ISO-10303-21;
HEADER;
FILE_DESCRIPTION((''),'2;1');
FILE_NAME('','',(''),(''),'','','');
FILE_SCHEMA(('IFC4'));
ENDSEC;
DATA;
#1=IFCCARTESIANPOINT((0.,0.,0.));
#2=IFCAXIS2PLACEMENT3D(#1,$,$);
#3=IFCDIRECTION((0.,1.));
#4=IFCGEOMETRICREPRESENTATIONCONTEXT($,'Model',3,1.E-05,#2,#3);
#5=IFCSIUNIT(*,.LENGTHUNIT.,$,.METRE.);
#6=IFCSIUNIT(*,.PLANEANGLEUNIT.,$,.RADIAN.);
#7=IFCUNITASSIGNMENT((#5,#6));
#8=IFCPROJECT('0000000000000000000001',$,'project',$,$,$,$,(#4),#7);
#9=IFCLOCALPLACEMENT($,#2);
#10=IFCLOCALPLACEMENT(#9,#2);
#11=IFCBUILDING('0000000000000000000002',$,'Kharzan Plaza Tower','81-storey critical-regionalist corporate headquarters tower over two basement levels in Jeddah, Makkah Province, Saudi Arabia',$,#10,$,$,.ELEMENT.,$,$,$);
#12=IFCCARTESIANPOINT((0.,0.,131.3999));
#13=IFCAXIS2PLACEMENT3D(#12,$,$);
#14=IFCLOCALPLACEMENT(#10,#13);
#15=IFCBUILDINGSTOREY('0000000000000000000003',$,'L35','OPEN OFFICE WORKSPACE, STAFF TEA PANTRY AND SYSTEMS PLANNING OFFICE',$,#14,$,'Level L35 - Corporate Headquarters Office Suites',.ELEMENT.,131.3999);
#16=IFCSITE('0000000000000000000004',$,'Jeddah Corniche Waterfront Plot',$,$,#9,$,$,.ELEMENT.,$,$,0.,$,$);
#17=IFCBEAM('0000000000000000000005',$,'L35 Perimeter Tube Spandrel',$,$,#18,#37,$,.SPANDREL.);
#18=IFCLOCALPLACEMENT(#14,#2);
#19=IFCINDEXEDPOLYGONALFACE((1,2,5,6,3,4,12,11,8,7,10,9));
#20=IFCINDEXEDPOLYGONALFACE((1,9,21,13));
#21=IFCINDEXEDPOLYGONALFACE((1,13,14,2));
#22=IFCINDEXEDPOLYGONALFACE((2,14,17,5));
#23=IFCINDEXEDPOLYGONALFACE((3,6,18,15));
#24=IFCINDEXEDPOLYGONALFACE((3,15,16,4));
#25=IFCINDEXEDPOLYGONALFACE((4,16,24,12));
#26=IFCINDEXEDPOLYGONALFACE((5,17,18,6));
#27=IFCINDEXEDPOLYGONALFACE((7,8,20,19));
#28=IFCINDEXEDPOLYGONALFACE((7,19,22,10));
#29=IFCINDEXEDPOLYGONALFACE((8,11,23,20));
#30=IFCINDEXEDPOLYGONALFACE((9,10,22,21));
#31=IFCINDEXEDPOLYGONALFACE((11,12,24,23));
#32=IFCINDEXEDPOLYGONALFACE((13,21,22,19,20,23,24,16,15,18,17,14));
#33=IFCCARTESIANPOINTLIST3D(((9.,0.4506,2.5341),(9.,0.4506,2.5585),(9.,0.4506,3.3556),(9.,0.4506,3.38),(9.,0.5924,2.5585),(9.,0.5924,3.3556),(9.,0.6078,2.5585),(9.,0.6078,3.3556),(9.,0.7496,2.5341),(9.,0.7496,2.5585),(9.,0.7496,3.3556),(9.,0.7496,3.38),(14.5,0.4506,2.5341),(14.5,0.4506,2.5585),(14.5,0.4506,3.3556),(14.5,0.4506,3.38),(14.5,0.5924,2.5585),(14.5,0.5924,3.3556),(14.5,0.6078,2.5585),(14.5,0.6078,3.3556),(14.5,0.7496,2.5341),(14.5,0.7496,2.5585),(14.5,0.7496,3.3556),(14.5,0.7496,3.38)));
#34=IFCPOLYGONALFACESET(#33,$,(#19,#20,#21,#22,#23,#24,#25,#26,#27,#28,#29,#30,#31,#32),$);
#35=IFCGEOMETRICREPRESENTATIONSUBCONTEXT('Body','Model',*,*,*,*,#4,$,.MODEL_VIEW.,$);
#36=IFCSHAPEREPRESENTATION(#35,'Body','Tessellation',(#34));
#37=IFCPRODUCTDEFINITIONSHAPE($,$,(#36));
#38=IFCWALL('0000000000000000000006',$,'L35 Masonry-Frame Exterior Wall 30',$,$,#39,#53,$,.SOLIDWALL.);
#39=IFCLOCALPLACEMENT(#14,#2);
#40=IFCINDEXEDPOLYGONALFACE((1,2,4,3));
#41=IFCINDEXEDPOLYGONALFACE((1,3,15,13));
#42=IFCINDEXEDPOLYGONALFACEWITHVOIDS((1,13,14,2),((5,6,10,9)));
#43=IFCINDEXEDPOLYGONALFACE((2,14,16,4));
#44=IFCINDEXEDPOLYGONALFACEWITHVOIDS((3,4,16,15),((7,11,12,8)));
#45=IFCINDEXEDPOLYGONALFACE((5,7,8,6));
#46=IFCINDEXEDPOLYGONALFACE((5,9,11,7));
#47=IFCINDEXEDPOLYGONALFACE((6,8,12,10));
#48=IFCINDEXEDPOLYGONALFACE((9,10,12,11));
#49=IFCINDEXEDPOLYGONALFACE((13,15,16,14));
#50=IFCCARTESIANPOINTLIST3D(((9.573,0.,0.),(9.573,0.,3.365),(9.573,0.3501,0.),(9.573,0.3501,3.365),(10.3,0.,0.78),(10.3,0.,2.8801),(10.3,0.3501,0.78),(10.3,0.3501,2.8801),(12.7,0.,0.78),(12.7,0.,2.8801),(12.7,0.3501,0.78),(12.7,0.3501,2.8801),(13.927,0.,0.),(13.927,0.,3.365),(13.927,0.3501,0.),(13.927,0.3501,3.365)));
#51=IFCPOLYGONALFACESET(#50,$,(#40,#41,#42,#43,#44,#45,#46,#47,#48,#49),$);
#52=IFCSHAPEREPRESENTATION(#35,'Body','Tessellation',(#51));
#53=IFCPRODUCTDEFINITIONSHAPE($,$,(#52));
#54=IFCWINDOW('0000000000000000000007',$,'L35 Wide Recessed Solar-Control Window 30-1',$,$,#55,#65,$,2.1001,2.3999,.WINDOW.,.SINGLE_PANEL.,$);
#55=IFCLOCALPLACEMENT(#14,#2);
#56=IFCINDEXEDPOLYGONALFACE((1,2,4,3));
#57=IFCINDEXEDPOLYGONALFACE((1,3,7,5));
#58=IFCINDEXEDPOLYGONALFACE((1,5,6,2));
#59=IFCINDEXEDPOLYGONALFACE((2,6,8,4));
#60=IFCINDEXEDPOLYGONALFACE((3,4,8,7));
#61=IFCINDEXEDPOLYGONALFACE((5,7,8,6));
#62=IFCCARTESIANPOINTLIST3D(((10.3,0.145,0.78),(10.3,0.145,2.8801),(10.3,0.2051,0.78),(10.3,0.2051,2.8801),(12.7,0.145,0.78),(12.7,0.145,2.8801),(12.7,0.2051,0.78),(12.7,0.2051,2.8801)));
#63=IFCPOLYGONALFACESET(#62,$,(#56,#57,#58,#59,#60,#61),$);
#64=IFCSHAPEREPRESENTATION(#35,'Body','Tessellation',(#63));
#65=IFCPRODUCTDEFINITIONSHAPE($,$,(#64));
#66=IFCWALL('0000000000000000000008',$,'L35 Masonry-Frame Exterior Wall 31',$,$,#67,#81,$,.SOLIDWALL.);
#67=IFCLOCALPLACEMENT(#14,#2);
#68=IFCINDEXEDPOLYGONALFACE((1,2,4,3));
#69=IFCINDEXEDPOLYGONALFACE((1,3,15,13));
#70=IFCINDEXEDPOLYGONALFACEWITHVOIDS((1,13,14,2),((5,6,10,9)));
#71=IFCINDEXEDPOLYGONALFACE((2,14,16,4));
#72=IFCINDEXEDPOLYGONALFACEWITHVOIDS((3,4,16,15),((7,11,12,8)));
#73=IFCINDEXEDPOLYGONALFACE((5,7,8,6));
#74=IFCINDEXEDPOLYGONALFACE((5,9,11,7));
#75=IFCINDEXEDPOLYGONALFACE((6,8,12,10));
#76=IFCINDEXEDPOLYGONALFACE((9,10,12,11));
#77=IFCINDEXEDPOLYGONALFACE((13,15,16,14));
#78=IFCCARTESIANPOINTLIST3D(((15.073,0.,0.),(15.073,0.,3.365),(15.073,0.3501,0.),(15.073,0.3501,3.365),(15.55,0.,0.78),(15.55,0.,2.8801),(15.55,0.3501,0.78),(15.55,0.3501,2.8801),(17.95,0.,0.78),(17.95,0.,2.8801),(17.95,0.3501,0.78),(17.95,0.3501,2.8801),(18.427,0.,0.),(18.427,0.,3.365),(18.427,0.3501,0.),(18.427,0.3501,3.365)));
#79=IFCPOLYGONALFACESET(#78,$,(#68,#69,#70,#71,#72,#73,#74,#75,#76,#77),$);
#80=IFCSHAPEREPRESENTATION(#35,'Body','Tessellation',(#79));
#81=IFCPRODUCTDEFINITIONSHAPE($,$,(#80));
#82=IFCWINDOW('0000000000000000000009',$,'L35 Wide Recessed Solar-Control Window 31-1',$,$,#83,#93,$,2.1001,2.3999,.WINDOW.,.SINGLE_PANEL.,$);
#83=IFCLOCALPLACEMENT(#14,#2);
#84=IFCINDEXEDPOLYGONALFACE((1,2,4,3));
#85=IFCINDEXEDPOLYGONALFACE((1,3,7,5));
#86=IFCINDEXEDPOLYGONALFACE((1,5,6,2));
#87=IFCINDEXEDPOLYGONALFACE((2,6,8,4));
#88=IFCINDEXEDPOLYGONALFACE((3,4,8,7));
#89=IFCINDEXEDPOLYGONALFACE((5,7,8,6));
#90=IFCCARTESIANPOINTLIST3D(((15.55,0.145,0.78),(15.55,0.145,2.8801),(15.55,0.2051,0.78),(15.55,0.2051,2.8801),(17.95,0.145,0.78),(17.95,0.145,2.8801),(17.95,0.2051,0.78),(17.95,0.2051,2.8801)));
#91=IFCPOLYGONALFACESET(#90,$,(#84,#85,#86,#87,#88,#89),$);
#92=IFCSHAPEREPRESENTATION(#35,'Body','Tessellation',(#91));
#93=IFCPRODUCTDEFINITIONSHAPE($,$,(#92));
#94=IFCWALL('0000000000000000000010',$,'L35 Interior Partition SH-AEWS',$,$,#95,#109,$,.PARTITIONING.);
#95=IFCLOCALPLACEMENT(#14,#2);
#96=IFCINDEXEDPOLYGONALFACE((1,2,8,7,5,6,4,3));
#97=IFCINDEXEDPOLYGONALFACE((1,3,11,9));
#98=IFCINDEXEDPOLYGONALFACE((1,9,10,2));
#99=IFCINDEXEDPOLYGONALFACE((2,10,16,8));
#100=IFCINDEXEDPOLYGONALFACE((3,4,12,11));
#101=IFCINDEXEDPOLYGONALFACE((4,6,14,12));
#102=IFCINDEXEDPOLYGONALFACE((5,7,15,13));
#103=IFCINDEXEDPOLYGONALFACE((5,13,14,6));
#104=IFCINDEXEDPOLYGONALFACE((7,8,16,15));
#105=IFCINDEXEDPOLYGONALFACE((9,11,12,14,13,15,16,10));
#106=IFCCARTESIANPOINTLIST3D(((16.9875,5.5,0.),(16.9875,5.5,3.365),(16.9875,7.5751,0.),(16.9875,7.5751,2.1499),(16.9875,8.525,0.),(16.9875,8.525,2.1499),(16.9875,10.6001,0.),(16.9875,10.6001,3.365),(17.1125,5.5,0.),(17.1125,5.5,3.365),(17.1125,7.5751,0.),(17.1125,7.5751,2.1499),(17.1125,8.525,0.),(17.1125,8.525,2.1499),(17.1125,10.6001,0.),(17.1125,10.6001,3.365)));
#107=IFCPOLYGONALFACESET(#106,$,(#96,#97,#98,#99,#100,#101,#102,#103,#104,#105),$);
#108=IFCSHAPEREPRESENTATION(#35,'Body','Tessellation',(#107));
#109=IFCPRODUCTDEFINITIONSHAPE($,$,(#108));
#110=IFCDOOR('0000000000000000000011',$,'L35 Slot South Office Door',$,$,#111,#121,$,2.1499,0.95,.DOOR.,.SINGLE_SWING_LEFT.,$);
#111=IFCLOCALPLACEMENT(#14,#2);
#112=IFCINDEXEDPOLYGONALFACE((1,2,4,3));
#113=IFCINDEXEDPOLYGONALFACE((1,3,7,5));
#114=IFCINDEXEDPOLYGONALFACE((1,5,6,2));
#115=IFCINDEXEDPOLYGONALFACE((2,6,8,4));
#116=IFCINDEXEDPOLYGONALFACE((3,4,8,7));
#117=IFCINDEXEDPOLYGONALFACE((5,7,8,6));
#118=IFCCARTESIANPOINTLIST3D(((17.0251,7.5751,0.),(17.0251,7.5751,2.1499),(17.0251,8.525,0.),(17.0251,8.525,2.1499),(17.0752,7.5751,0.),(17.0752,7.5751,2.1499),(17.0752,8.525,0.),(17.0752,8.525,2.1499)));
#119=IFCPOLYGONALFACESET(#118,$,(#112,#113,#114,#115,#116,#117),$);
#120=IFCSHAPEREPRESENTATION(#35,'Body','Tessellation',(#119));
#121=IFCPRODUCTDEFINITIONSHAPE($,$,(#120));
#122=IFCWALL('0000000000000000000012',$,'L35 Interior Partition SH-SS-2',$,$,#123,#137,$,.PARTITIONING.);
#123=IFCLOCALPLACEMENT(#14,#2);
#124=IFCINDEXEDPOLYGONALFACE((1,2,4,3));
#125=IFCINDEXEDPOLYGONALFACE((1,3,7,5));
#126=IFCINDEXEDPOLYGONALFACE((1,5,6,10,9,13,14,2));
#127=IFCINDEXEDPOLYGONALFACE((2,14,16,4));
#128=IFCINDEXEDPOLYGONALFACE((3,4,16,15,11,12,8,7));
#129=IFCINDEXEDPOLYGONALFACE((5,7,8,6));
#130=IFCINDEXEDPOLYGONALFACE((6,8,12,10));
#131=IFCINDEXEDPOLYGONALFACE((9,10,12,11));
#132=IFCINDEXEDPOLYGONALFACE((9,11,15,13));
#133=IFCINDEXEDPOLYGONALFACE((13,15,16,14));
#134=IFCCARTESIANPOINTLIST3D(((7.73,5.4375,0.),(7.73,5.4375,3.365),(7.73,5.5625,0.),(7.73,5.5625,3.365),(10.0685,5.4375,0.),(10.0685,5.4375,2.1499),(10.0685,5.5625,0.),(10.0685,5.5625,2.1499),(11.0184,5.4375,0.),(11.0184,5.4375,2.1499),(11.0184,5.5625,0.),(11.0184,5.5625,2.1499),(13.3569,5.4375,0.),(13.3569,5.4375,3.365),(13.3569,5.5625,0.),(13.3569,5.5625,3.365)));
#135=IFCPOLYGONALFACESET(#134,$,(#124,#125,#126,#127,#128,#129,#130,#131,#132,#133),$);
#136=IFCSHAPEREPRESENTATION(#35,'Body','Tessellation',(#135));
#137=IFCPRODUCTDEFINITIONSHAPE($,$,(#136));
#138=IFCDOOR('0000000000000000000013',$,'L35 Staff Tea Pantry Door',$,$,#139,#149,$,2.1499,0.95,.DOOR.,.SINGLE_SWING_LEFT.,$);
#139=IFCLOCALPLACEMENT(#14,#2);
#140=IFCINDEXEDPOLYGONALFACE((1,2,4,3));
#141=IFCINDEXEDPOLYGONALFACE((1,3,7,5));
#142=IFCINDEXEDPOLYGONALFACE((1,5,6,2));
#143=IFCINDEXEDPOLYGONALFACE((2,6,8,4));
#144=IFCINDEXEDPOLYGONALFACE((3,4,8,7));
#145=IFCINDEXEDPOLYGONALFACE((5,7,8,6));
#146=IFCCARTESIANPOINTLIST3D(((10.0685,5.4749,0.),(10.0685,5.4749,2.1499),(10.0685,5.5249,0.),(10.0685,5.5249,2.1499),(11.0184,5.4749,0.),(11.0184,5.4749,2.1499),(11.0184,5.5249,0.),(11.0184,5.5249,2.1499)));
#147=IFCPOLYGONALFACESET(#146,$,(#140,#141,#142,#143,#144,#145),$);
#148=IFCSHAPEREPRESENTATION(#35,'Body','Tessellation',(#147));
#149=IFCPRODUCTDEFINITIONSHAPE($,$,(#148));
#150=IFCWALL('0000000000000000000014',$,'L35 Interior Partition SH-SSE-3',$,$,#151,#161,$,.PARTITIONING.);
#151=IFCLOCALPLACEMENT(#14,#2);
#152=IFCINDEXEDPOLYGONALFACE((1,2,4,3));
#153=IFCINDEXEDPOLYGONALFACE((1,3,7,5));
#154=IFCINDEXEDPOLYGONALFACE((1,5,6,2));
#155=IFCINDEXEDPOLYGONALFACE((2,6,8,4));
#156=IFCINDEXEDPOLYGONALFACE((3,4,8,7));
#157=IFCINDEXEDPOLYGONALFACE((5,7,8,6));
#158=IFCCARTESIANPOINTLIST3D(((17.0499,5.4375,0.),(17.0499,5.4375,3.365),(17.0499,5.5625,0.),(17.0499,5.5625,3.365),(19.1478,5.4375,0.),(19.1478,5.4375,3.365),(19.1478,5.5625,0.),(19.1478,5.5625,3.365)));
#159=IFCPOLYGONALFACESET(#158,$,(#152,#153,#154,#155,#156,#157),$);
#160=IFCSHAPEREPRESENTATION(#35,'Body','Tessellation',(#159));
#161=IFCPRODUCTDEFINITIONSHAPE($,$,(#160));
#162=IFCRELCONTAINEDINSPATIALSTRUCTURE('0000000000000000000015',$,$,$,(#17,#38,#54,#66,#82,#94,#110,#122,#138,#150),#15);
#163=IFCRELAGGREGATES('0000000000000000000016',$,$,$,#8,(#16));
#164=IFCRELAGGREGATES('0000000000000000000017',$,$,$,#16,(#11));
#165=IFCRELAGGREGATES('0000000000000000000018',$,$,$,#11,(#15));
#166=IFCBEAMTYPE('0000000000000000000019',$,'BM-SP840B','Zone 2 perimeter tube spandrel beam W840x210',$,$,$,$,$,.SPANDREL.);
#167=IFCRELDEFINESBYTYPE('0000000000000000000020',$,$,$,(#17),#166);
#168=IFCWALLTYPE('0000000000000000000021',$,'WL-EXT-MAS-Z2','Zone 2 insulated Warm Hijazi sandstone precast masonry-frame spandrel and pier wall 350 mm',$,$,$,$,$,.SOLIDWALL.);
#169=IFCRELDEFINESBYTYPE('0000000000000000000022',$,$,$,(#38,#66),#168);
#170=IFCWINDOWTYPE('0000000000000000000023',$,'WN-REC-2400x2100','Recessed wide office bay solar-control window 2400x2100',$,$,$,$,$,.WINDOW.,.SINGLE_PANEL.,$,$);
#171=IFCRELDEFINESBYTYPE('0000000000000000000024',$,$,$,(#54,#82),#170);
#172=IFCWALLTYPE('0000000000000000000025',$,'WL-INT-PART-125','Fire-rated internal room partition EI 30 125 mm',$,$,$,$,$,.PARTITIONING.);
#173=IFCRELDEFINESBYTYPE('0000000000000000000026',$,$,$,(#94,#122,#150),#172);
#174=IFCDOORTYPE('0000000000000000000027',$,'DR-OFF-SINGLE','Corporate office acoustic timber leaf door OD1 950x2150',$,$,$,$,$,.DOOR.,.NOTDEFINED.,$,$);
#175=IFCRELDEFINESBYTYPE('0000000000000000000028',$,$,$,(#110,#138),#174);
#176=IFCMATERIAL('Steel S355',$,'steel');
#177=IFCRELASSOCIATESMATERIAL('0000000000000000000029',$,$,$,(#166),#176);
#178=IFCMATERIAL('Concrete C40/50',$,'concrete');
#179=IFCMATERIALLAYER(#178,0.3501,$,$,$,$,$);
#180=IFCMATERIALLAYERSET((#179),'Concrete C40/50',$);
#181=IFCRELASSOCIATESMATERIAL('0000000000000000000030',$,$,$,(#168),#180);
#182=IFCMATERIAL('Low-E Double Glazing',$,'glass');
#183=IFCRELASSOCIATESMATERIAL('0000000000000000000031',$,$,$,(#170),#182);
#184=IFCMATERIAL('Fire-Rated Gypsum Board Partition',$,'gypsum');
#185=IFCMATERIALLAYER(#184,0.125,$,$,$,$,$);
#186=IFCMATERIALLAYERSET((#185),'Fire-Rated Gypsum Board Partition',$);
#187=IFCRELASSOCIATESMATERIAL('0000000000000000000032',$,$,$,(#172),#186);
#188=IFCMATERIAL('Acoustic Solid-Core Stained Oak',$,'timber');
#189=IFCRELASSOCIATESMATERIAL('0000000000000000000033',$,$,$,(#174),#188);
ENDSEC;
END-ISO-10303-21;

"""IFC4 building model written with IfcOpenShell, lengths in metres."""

from ifc_helpers import new_model, si_unit, direction, frame, frame_2d, origin, origin_2d, place, context, subcontext, project, spatial, rectangle, i_section, extrude, source, transform, mapped, material, layer, layer_set, material_profile, profile_set, type_object, element, fill, save


model = new_model("IFC4")

# Units and contexts
model_context = context("Model", 3, precision=1e-05, world=origin(), true_north=direction((0.0, 1.0)))
body_context = subcontext(model_context, "Body", "Model", "MODEL_VIEW")
ifc_project = project(units=[si_unit("LENGTHUNIT", "METRE"), si_unit("PLANEANGLEUNIT", "RADIAN")], contexts=[model_context])

# Site, building, storey
site_placement = place(None, origin())
site = spatial("IfcSite", under=ifc_project, at=site_placement, Name="Jeddah Corniche Waterfront Plot", CompositionType="ELEMENT", RefElevation=0.0)
building_placement = place(site_placement, origin())
building = spatial("IfcBuilding", under=site, at=building_placement, Name="Kharzan Plaza Tower", Description="81-storey critical-regionalist corporate headquarters tower over two basement levels in Jeddah, Makkah Province, Saudi Arabia", CompositionType="ELEMENT")
storey_placement = place(building_placement, frame((0.0, 0.0, 131.3999)))
storey = spatial("IfcBuildingStorey", under=building, at=storey_placement, Name="L35", Description="OPEN OFFICE WORKSPACE, STAFF TEA PANTRY AND SYSTEMS PLANNING OFFICE", LongName="Level L35 - Corporate Headquarters Office Suites", CompositionType="ELEMENT", Elevation=131.3999)

# Beam
ifc_material_1 = material(Name="Steel S355", Category="steel")
ifc_material_profile_1 = material_profile(ifc_material_1, i_section(OverallWidth=0.2991, OverallDepth=0.8459, WebThickness=0.0154, FlangeThickness=0.0244, at=origin_2d()), Name="W840x210")
ifc_profile_set_1 = profile_set([ifc_material_profile_1], Name="Steel S355")
beam_type_1 = type_object("IfcBeamType", Name="BM-SP840B", Description="Zone 2 perimeter tube spandrel beam W840x210", PredefinedType="SPANDREL", material=ifc_profile_set_1)
shared_shape_1 = source(origin(), body_context, "Body", "SweptSolid", [
    extrude(i_section(OverallWidth=0.2991, OverallDepth=0.8459, WebThickness=0.0154, FlangeThickness=0.0244, at=origin_2d()), origin(), (0.0, 0.0, 1.0), 5.5),
])
beam_1_placement = place(storey_placement, frame((9.0, 0.6001, 2.957), z_axis=(1.0, 0.0, 0.0), x_axis=(0.0, 1.0, 0.0)))
element("IfcBeam", 1, at=beam_1_placement, inside=storey, type_object=beam_type_1, Name="L35 Perimeter Tube Spandrel", PredefinedType="SPANDREL", context=body_context, shape_type="MappedRepresentation", body=[
    mapped(shared_shape_1, transform((0.0, 0.0, 0.0), x_axis=(1.0, 0.0, 0.0), y_axis=(0.0, 1.0, 0.0), z_axis=(0.0, 0.0, 1.0))),
])

# Walls, openings, windows
ifc_material_2 = material(Name="Concrete C40/50", Category="concrete")
ifc_layer_1 = layer(ifc_material_2, 0.3501)
ifc_layer_set_1 = layer_set([ifc_layer_1], Name="Concrete C40/50")
wall_type_1 = type_object("IfcWallType", Name="WL-EXT-MAS-Z2", Description="Zone 2 insulated Warm Hijazi sandstone precast masonry-frame spandrel and pier wall 350 mm", PredefinedType="SOLIDWALL", material=ifc_layer_set_1)
wall_1_placement = place(storey_placement, frame((9.573, 0.175, 0.0), z_axis=(0.0, 0.0, 1.0), x_axis=(1.0, 0.0, 0.0)))
wall_1 = element("IfcWall", 2, at=wall_1_placement, inside=storey, type_object=wall_type_1, Name="L35 Masonry-Frame Exterior Wall 30", PredefinedType="SOLIDWALL", context=body_context, shape_type="SweptSolid", body=[
    extrude(rectangle(XDim=4.354, YDim=0.3501, at=frame_2d((2.177, 0.0))), origin(), (0.0, 0.0, 1.0), 3.365),
])
opening_1_placement = place(wall_1_placement, frame((0.7271, 0.0, 0.78)))
opening_1 = element("IfcOpeningElement", 3, at=opening_1_placement, cuts=wall_1, PredefinedType="OPENING", context=body_context, shape_type="SweptSolid", body=[
    extrude(rectangle(XDim=2.3999, YDim=2.1001, at=frame_2d((1.2, 1.05))), frame((0.0, 0.1851, 0.0), z_axis=(0.0, -1.0, 0.0), x_axis=(1.0, 0.0, 0.0)), (0.0, 0.0, 1.0), 0.3701),
])
ifc_material_3 = material(Name="Low-E Double Glazing", Category="glass")
window_type = type_object("IfcWindowType", Name="WN-REC-2400x2100", Description="Recessed wide office bay solar-control window 2400x2100", PartitioningType="SINGLE_PANEL", PredefinedType="WINDOW", material=ifc_material_3)
shared_shape_2 = source(origin(), body_context, "Body", "SweptSolid", [
    extrude(rectangle(XDim=2.3999, YDim=2.1001, at=frame_2d((1.2, 1.05))), frame((0.0, 0.03, 0.0), z_axis=(0.0, -1.0, 0.0), x_axis=(1.0, 0.0, 0.0)), (0.0, 0.0, 1.0), 0.0601),
])
window_1_placement = place(opening_1_placement, origin())
window_1 = element("IfcWindow", 4, at=window_1_placement, inside=storey, type_object=window_type, Name="L35 Wide Recessed Solar-Control Window 30-1", OverallHeight=2.1001, OverallWidth=2.3999, PartitioningType="SINGLE_PANEL", PredefinedType="WINDOW", context=body_context, shape_type="MappedRepresentation", body=[
    mapped(shared_shape_2, transform((0.0, 0.0, 0.0), x_axis=(1.0, 0.0, 0.0), y_axis=(0.0, 1.0, 0.0), z_axis=(0.0, 0.0, 1.0))),
])
fill(opening_1, window_1)
wall_2_placement = place(storey_placement, frame((15.073, 0.175, 0.0), z_axis=(0.0, 0.0, 1.0), x_axis=(1.0, 0.0, 0.0)))
wall_2 = element("IfcWall", 5, at=wall_2_placement, inside=storey, type_object=wall_type_1, Name="L35 Masonry-Frame Exterior Wall 31", PredefinedType="SOLIDWALL", context=body_context, shape_type="SweptSolid", body=[
    extrude(rectangle(XDim=3.354, YDim=0.3501, at=frame_2d((1.677, 0.0))), origin(), (0.0, 0.0, 1.0), 3.365),
])
opening_2_placement = place(wall_2_placement, frame((0.4771, 0.0, 0.78)))
opening_2 = element("IfcOpeningElement", 6, at=opening_2_placement, cuts=wall_2, PredefinedType="OPENING", context=body_context, shape_type="SweptSolid", body=[
    extrude(rectangle(XDim=2.3999, YDim=2.1001, at=frame_2d((1.2, 1.05))), frame((0.0, 0.1851, 0.0), z_axis=(0.0, -1.0, 0.0), x_axis=(1.0, 0.0, 0.0)), (0.0, 0.0, 1.0), 0.3701),
])
window_2_placement = place(opening_2_placement, origin())
window_2 = element("IfcWindow", 7, at=window_2_placement, inside=storey, type_object=window_type, Name="L35 Wide Recessed Solar-Control Window 31-1", OverallHeight=2.1001, OverallWidth=2.3999, PartitioningType="SINGLE_PANEL", PredefinedType="WINDOW", context=body_context, shape_type="MappedRepresentation", body=[
    mapped(shared_shape_2, transform((0.0, 0.0, 0.0), x_axis=(1.0, 0.0, 0.0), y_axis=(0.0, 1.0, 0.0), z_axis=(0.0, 0.0, 1.0))),
])
fill(opening_2, window_2)

# Walls, openings, doors
ifc_material_4 = material(Name="Fire-Rated Gypsum Board Partition", Category="gypsum")
ifc_layer_2 = layer(ifc_material_4, 0.125)
ifc_layer_set_2 = layer_set([ifc_layer_2], Name="Fire-Rated Gypsum Board Partition")
wall_type_2 = type_object("IfcWallType", Name="WL-INT-PART-125", Description="Fire-rated internal room partition EI 30 125 mm", PredefinedType="PARTITIONING", material=ifc_layer_set_2)
wall_3_placement = place(storey_placement, frame((17.05, 5.5, 0.0), z_axis=(0.0, 0.0, 1.0), x_axis=(0.0, 1.0, 0.0)))
wall_3 = element("IfcWall", 8, at=wall_3_placement, inside=storey, type_object=wall_type_2, Name="L35 Interior Partition SH-AEWS", PredefinedType="PARTITIONING", context=body_context, shape_type="SweptSolid", body=[
    extrude(rectangle(XDim=5.1001, YDim=0.125, at=frame_2d((2.55, 0.0))), origin(), (0.0, 0.0, 1.0), 3.365),
])
opening_3_placement = place(wall_3_placement, frame((2.075, 0.0, 0.0)))
opening_3 = element("IfcOpeningElement", 9, at=opening_3_placement, cuts=wall_3, PredefinedType="OPENING", context=body_context, shape_type="SweptSolid", body=[
    extrude(rectangle(XDim=0.95, YDim=2.1499, at=frame_2d((0.4751, 1.075))), frame((0.0, 0.0725, 0.0), z_axis=(0.0, -1.0, 0.0), x_axis=(1.0, 0.0, 0.0)), (0.0, 0.0, 1.0), 0.145),
])
ifc_material_5 = material(Name="Acoustic Solid-Core Stained Oak", Category="timber")
door_type = type_object("IfcDoorType", Name="DR-OFF-SINGLE", Description="Corporate office acoustic timber leaf door OD1 950x2150", OperationType="NOTDEFINED", PredefinedType="DOOR", material=ifc_material_5)
shared_shape_3 = source(origin(), body_context, "Body", "SweptSolid", [
    extrude(rectangle(XDim=0.95, YDim=2.1499, at=frame_2d((0.4751, 1.075))), frame((0.0, 0.0249, 0.0), z_axis=(0.0, -1.0, 0.0), x_axis=(1.0, 0.0, 0.0)), (0.0, 0.0, 1.0), 0.05),
])
door_1_placement = place(opening_3_placement, origin())
door_1 = element("IfcDoor", 10, at=door_1_placement, inside=storey, type_object=door_type, Name="L35 Slot South Office Door", OperationType="SINGLE_SWING_LEFT", OverallHeight=2.1499, OverallWidth=0.95, PredefinedType="DOOR", context=body_context, shape_type="MappedRepresentation", body=[
    mapped(shared_shape_3, transform((0.0, 0.0, 0.0), x_axis=(1.0, 0.0, 0.0), y_axis=(0.0, 1.0, 0.0), z_axis=(0.0, 0.0, 1.0))),
])
fill(opening_3, door_1)
wall_4_placement = place(storey_placement, frame((7.73, 5.5, 0.0), z_axis=(0.0, 0.0, 1.0), x_axis=(1.0, 0.0, 0.0)))
wall_4 = element("IfcWall", 11, at=wall_4_placement, inside=storey, type_object=wall_type_2, Name="L35 Interior Partition SH-SS-2", PredefinedType="PARTITIONING", context=body_context, shape_type="SweptSolid", body=[
    extrude(rectangle(XDim=5.627, YDim=0.125, at=frame_2d((2.8135, 0.0))), origin(), (0.0, 0.0, 1.0), 3.365),
])
opening_4_placement = place(wall_4_placement, frame((2.3384, 0.0, 0.0)))
opening_4 = element("IfcOpeningElement", 12, at=opening_4_placement, cuts=wall_4, PredefinedType="OPENING", context=body_context, shape_type="SweptSolid", body=[
    extrude(rectangle(XDim=0.95, YDim=2.1499, at=frame_2d((0.4751, 1.075))), frame((0.0, 0.0725, 0.0), z_axis=(0.0, -1.0, 0.0), x_axis=(1.0, 0.0, 0.0)), (0.0, 0.0, 1.0), 0.145),
])
door_2_placement = place(opening_4_placement, origin())
door_2 = element("IfcDoor", 13, at=door_2_placement, inside=storey, type_object=door_type, Name="L35 Staff Tea Pantry Door", OperationType="SINGLE_SWING_LEFT", OverallHeight=2.1499, OverallWidth=0.95, PredefinedType="DOOR", context=body_context, shape_type="MappedRepresentation", body=[
    mapped(shared_shape_3, transform((0.0, 0.0, 0.0), x_axis=(1.0, 0.0, 0.0), y_axis=(0.0, 1.0, 0.0), z_axis=(0.0, 0.0, 1.0))),
])
fill(opening_4, door_2)

# Wall
shared_shape_4 = source(origin(), body_context, "Body", "SweptSolid", [
    extrude(rectangle(XDim=2.0979, YDim=0.125, at=frame_2d((1.0488, 0.0))), origin(), (0.0, 0.0, 1.0), 3.365),
])
wall_5_placement = place(storey_placement, frame((17.05, 5.5, 0.0), z_axis=(0.0, 0.0, 1.0), x_axis=(1.0, 0.0, 0.0)))
element("IfcWall", 14, at=wall_5_placement, inside=storey, type_object=wall_type_2, Name="L35 Interior Partition SH-SSE-3", PredefinedType="PARTITIONING", context=body_context, shape_type="MappedRepresentation", body=[
    mapped(shared_shape_4, transform((0.0, 0.0, 0.0), x_axis=(1.0, 0.0, 0.0), y_axis=(0.0, 1.0, 0.0), z_axis=(0.0, 0.0, 1.0))),
])

save(model, "model.ifc")
